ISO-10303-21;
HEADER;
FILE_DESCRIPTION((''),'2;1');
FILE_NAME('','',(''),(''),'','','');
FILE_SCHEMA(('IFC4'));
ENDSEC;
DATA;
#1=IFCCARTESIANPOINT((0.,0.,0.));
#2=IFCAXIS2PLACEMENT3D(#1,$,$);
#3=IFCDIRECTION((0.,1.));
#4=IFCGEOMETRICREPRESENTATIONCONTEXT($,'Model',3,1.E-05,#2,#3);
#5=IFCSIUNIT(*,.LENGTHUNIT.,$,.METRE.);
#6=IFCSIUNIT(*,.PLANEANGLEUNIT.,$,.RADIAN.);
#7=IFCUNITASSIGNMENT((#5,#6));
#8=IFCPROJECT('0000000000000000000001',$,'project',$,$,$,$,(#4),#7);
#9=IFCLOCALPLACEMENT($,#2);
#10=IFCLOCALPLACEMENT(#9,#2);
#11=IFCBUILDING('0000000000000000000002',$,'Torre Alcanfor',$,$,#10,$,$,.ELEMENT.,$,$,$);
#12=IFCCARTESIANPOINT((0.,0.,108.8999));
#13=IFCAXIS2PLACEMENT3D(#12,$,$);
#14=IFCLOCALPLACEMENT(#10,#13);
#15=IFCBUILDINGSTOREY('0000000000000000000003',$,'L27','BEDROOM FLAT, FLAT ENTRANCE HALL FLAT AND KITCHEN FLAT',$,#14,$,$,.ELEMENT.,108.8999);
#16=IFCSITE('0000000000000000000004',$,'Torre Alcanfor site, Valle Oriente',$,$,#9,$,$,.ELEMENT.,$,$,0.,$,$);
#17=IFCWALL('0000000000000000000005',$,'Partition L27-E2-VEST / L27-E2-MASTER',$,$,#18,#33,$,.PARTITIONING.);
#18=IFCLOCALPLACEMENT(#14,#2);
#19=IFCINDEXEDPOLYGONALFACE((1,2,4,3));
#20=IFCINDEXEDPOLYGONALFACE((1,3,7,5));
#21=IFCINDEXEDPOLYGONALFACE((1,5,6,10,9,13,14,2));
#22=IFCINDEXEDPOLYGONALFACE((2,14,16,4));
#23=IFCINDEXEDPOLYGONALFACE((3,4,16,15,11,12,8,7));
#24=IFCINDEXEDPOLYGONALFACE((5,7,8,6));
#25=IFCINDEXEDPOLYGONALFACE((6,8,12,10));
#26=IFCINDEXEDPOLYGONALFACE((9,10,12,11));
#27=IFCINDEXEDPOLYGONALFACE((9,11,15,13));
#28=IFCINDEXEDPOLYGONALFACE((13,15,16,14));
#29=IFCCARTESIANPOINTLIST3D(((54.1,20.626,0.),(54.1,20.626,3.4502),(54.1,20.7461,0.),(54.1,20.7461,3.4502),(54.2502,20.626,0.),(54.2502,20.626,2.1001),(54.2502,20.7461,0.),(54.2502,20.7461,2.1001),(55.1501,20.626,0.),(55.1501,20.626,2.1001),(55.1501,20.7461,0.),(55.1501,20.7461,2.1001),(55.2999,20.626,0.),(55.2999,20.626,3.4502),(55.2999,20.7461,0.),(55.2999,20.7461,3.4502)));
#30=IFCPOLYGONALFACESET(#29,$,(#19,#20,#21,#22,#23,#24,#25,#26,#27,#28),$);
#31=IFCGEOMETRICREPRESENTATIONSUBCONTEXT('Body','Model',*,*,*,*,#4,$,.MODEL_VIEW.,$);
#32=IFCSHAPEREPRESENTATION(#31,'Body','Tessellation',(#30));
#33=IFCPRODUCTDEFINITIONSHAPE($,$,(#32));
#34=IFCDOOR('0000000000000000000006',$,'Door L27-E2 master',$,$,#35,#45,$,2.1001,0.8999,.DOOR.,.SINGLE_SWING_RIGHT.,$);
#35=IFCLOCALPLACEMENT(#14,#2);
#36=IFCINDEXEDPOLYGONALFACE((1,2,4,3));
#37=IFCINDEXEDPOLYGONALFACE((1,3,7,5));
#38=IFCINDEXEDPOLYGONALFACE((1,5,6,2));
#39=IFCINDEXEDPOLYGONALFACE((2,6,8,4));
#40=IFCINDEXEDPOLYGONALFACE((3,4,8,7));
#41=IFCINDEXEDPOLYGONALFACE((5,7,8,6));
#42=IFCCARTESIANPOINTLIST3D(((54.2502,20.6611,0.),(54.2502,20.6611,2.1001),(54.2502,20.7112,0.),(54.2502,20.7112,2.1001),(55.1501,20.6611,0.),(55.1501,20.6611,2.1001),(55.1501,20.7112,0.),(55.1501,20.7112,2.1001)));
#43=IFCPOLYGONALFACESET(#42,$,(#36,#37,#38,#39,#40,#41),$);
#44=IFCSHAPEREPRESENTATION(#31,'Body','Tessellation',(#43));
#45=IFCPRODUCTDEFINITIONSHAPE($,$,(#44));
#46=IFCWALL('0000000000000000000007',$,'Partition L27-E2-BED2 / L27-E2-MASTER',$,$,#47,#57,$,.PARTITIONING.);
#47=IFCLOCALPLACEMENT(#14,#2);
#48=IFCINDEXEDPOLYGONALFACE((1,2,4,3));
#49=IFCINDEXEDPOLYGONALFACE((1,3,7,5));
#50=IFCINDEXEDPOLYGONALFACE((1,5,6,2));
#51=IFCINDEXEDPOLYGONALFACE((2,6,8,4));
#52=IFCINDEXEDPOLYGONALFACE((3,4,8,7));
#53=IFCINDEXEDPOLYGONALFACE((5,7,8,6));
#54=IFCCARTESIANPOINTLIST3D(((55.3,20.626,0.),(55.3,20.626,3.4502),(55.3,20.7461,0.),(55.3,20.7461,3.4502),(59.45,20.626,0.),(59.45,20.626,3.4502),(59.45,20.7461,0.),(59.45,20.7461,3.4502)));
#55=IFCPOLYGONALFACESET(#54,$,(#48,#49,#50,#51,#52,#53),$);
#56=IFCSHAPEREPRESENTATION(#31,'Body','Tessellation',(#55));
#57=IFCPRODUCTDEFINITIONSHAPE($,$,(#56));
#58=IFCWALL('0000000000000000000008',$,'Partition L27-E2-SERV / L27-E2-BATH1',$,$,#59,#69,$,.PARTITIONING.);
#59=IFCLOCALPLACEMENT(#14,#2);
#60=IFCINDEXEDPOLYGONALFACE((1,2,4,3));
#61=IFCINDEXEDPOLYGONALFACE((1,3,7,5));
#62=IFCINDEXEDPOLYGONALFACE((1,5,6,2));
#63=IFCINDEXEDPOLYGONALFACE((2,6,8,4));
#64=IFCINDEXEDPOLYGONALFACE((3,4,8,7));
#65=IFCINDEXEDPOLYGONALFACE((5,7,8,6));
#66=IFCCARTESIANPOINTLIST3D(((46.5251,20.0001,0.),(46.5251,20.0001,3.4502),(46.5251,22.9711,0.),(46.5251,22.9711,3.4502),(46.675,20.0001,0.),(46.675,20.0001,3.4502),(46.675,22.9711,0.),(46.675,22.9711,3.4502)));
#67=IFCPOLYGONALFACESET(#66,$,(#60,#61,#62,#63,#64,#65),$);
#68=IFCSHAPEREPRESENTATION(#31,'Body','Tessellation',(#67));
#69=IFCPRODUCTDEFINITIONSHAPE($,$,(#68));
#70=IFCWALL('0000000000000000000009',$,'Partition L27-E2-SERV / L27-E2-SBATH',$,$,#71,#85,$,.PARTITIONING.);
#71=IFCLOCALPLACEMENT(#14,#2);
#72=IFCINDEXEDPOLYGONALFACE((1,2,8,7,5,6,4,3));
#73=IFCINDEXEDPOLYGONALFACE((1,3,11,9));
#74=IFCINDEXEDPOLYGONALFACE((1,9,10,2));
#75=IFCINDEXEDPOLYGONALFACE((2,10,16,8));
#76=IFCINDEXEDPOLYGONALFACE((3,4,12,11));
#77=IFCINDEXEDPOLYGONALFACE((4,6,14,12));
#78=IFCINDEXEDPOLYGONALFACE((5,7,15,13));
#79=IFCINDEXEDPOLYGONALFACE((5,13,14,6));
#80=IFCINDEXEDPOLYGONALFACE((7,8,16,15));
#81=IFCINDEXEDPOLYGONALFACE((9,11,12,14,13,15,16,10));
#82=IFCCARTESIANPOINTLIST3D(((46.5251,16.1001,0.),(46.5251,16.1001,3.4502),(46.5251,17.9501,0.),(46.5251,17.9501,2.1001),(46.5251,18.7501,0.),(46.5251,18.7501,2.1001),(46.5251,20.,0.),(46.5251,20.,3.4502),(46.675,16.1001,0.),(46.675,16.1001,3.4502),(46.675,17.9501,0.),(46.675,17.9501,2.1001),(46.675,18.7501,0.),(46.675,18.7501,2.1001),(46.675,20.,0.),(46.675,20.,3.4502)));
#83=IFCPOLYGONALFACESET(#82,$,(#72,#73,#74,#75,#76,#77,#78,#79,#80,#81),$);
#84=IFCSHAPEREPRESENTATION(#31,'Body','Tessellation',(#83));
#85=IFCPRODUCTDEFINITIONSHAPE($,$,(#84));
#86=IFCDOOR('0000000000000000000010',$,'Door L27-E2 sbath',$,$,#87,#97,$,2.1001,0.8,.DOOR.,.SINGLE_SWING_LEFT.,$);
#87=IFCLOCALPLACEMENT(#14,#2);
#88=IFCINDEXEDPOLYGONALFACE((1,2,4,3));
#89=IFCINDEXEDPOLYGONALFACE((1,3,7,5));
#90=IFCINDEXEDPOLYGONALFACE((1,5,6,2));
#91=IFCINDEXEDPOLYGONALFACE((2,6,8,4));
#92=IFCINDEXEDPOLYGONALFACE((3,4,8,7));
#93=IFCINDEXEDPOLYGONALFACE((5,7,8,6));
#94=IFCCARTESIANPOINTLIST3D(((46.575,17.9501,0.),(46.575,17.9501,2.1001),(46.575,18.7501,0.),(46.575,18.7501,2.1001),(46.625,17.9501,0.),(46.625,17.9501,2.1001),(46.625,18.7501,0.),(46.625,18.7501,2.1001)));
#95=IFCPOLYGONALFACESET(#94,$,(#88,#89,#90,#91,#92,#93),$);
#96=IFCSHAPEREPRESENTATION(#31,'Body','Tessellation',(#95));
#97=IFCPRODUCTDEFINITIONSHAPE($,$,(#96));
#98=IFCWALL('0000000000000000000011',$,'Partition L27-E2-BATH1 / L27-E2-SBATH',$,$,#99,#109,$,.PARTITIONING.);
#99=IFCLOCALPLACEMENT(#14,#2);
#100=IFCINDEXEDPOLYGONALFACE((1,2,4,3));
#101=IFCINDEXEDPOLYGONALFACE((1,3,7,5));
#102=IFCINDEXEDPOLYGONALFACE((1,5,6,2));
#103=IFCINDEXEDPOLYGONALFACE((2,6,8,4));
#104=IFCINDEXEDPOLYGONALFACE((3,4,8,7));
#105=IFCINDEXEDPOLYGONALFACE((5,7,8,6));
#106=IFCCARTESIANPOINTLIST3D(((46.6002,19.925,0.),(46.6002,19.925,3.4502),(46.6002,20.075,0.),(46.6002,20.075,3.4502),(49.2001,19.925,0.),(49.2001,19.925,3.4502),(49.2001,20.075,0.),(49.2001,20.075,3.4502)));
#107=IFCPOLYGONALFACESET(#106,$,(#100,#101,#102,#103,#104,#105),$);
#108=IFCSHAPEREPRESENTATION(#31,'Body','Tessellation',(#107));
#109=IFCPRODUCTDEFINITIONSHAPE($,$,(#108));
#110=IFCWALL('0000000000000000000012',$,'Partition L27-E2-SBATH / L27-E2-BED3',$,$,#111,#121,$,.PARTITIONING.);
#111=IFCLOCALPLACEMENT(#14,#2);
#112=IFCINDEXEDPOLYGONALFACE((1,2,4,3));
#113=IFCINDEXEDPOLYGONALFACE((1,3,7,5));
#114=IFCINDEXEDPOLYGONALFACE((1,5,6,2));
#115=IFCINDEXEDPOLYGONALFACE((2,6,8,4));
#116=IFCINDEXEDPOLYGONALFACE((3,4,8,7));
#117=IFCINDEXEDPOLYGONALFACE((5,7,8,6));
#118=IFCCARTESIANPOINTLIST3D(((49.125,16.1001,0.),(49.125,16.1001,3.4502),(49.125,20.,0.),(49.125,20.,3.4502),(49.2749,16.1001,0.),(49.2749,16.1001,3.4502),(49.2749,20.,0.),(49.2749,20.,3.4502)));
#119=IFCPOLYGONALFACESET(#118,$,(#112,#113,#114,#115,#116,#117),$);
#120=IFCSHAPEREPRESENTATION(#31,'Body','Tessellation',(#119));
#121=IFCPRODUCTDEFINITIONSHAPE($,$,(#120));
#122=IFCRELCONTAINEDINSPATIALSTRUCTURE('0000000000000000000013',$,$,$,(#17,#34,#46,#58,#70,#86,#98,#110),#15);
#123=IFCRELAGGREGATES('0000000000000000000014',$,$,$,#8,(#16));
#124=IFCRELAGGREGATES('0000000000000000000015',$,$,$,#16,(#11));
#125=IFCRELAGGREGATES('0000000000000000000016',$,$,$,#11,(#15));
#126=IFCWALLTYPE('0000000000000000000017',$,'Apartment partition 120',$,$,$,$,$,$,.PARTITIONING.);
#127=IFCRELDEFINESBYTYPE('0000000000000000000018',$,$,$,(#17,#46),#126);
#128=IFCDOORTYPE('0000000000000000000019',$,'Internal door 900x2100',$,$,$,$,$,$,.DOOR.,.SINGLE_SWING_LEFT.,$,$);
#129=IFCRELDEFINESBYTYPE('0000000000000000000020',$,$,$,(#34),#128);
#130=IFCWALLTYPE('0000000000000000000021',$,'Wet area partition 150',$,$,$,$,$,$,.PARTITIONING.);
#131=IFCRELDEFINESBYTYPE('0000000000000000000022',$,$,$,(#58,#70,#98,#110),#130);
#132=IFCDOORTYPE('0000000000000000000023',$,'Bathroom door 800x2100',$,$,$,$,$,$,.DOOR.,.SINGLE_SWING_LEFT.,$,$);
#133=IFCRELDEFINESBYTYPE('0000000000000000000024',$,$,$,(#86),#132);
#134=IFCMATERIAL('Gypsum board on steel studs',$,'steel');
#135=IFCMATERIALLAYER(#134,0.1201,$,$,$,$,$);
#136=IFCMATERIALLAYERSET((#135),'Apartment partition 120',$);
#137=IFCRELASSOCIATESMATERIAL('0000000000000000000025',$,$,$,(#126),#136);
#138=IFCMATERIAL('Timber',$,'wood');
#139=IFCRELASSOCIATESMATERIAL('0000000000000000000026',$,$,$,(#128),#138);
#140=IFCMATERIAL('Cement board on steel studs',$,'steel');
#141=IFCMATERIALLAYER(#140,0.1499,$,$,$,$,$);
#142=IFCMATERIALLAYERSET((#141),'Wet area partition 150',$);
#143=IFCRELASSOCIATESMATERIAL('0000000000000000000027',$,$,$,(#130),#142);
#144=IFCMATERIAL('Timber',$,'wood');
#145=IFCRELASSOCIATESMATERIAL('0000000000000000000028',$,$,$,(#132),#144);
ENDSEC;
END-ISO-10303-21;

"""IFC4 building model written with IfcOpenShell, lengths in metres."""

from ifc_helpers import new_model, si_unit, direction, frame, frame_2d, origin, place, context, subcontext, project, spatial, rectangle, extrude, material, layer, layer_set, type_object, element, fill, save


model = new_model("IFC4")

# Units and contexts
model_context = context("Model", 3, precision=1e-05, world=origin(), true_north=direction((0.0, 1.0)))
body_context = subcontext(model_context, "Body", "Model", "MODEL_VIEW")
ifc_project = project(units=[si_unit("LENGTHUNIT", "METRE"), si_unit("PLANEANGLEUNIT", "RADIAN")], contexts=[model_context])

# Site, building, storey
site_placement = place(None, origin())
site = spatial("IfcSite", under=ifc_project, at=site_placement, Name="Torre Alcanfor site, Valle Oriente", CompositionType="ELEMENT", RefElevation=0.0)
building_placement = place(site_placement, origin())
building = spatial("IfcBuilding", under=site, at=building_placement, Name="Torre Alcanfor", CompositionType="ELEMENT")
storey_placement = place(building_placement, frame((0.0, 0.0, 108.8999)))
storey = spatial("IfcBuildingStorey", under=building, at=storey_placement, Name="L27", Description="BEDROOM FLAT, FLAT ENTRANCE HALL FLAT AND KITCHEN FLAT", CompositionType="ELEMENT", Elevation=108.8999)

# Shared definitions
ifc_material_1 = material(Name="Gypsum board on steel studs", Category="steel")
ifc_layer_1 = layer(ifc_material_1, 0.1201)
ifc_layer_set_1 = layer_set([ifc_layer_1], Name="Apartment partition 120")
wall_type_1 = type_object("IfcWallType", Name="Apartment partition 120", PredefinedType="PARTITIONING", material=ifc_layer_set_1)
ifc_material_2 = material(Name="Timber", Category="wood")
door_type_1 = type_object("IfcDoorType", Name="Internal door 900x2100", OperationType="SINGLE_SWING_LEFT", PredefinedType="DOOR", material=ifc_material_2)

# Wall, opening, door
wall_1_placement = place(storey_placement, frame((55.3, 20.686, 0.0), z_axis=(0.0, 0.0, 1.0), x_axis=(-1.0, 0.0, 0.0)))
wall_1 = element("IfcWall", 1, at=wall_1_placement, inside=storey, type_object=wall_type_1, Name="Partition L27-E2-VEST / L27-E2-MASTER", PredefinedType="PARTITIONING", context=body_context, shape_type="SweptSolid", body=[
    extrude(rectangle(XDim=1.2, YDim=0.1201, at=frame_2d((0.6001, 0.0))), origin(), (0.0, 0.0, 1.0), 3.4502),
])
opening_1_placement = place(wall_1_placement, frame((0.1499, 0.0, 0.0)))
opening_1 = element("IfcOpeningElement", 2, at=opening_1_placement, cuts=wall_1, PredefinedType="OPENING", context=body_context, shape_type="SweptSolid", body=[
    extrude(rectangle(XDim=0.8999, YDim=2.1001, at=frame_2d((0.45, 1.05))), frame((0.0, 0.0701, 0.0), z_axis=(0.0, -1.0, 0.0), x_axis=(1.0, 0.0, 0.0)), (0.0, 0.0, 1.0), 0.1401),
])
door_1_placement = place(opening_1_placement, frame((0.8999, 0.0, 0.0), z_axis=(0.0, 0.0, 1.0), x_axis=(-1.0, 0.0, 0.0)))
door_1 = element("IfcDoor", 3, at=door_1_placement, inside=storey, type_object=door_type_1, Name="Door L27-E2 master", OperationType="SINGLE_SWING_RIGHT", OverallHeight=2.1001, OverallWidth=0.8999, PredefinedType="DOOR", context=body_context, shape_type="SweptSolid", body=[
    extrude(rectangle(XDim=0.8999, YDim=2.1001, at=frame_2d((0.45, 1.05))), frame((0.0, 0.0251, 0.0), z_axis=(0.0, -1.0, 0.0), x_axis=(1.0, 0.0, 0.0)), (0.0, 0.0, 1.0), 0.05),
])
fill(opening_1, door_1)

# Walls
wall_2_placement = place(storey_placement, frame((59.45, 20.686, 0.0), z_axis=(0.0, 0.0, 1.0), x_axis=(-1.0, 0.0, 0.0)))
element("IfcWall", 4, at=wall_2_placement, inside=storey, type_object=wall_type_1, Name="Partition L27-E2-BED2 / L27-E2-MASTER", PredefinedType="PARTITIONING", context=body_context, shape_type="SweptSolid", body=[
    extrude(rectangle(XDim=4.1499, YDim=0.1201, at=frame_2d((2.075, 0.0))), origin(), (0.0, 0.0, 1.0), 3.4502),
])
ifc_material_3 = material(Name="Cement board on steel studs", Category="steel")
ifc_layer_2 = layer(ifc_material_3, 0.1499)
ifc_layer_set_2 = layer_set([ifc_layer_2], Name="Wet area partition 150")
wall_type_2 = type_object("IfcWallType", Name="Wet area partition 150", PredefinedType="PARTITIONING", material=ifc_layer_set_2)
wall_3_placement = place(storey_placement, frame((46.6001, 22.9709, 0.0), z_axis=(0.0, 0.0, 1.0), x_axis=(0.0, -1.0, 0.0)))
element("IfcWall", 5, at=wall_3_placement, inside=storey, type_object=wall_type_2, Name="Partition L27-E2-SERV / L27-E2-BATH1", PredefinedType="PARTITIONING", context=body_context, shape_type="SweptSolid", body=[
    extrude(rectangle(XDim=2.9709, YDim=0.1499, at=frame_2d((1.4854, 0.0))), origin(), (0.0, 0.0, 1.0), 3.4502),
])

# Wall, opening, door
wall_4_placement = place(storey_placement, frame((46.6001, 20.0, 0.0), z_axis=(0.0, 0.0, 1.0), x_axis=(0.0, -1.0, 0.0)))
wall_4 = element("IfcWall", 6, at=wall_4_placement, inside=storey, type_object=wall_type_2, Name="Partition L27-E2-SERV / L27-E2-SBATH", PredefinedType="PARTITIONING", context=body_context, shape_type="SweptSolid", body=[
    extrude(rectangle(XDim=3.8999, YDim=0.1499, at=frame_2d((1.95, 0.0))), origin(), (0.0, 0.0, 1.0), 3.4502),
])
opening_2_placement = place(wall_4_placement, frame((1.25, 0.0, 0.0)))
opening_2 = element("IfcOpeningElement", 7, at=opening_2_placement, cuts=wall_4, PredefinedType="OPENING", context=body_context, shape_type="SweptSolid", body=[
    extrude(rectangle(XDim=0.8, YDim=2.1001, at=frame_2d((0.3999, 1.05))), frame((0.0, 0.085, 0.0), z_axis=(0.0, -1.0, 0.0), x_axis=(1.0, 0.0, 0.0)), (0.0, 0.0, 1.0), 0.1699),
])
ifc_material_4 = material(Name="Timber", Category="wood")
door_type_2 = type_object("IfcDoorType", Name="Bathroom door 800x2100", OperationType="SINGLE_SWING_LEFT", PredefinedType="DOOR", material=ifc_material_4)
door_2_placement = place(opening_2_placement, origin())
door_2 = element("IfcDoor", 8, at=door_2_placement, inside=storey, type_object=door_type_2, Name="Door L27-E2 sbath", OperationType="SINGLE_SWING_LEFT", OverallHeight=2.1001, OverallWidth=0.8, PredefinedType="DOOR", context=body_context, shape_type="SweptSolid", body=[
    extrude(rectangle(XDim=0.8, YDim=2.1001, at=frame_2d((0.3999, 1.05))), frame((0.0, 0.0249, 0.0), z_axis=(0.0, -1.0, 0.0), x_axis=(1.0, 0.0, 0.0)), (0.0, 0.0, 1.0), 0.05),
])
fill(opening_2, door_2)

# Walls
wall_5_placement = place(storey_placement, frame((49.2, 20.0, 0.0), z_axis=(0.0, 0.0, 1.0), x_axis=(-1.0, 0.0, 0.0)))
element("IfcWall", 9, at=wall_5_placement, inside=storey, type_object=wall_type_2, Name="Partition L27-E2-BATH1 / L27-E2-SBATH", PredefinedType="PARTITIONING", context=body_context, shape_type="SweptSolid", body=[
    extrude(rectangle(XDim=2.5999, YDim=0.1499, at=frame_2d((1.2998, 0.0))), origin(), (0.0, 0.0, 1.0), 3.4502),
])
wall_6_placement = place(storey_placement, frame((49.2, 20.0, 0.0), z_axis=(0.0, 0.0, 1.0), x_axis=(0.0, -1.0, 0.0)))
element("IfcWall", 10, at=wall_6_placement, inside=storey, type_object=wall_type_2, Name="Partition L27-E2-SBATH / L27-E2-BED3", PredefinedType="PARTITIONING", context=body_context, shape_type="SweptSolid", body=[
    extrude(rectangle(XDim=3.8999, YDim=0.1499, at=frame_2d((1.95, 0.0))), origin(), (0.0, 0.0, 1.0), 3.4502),
])

save(model, "model.ifc")
